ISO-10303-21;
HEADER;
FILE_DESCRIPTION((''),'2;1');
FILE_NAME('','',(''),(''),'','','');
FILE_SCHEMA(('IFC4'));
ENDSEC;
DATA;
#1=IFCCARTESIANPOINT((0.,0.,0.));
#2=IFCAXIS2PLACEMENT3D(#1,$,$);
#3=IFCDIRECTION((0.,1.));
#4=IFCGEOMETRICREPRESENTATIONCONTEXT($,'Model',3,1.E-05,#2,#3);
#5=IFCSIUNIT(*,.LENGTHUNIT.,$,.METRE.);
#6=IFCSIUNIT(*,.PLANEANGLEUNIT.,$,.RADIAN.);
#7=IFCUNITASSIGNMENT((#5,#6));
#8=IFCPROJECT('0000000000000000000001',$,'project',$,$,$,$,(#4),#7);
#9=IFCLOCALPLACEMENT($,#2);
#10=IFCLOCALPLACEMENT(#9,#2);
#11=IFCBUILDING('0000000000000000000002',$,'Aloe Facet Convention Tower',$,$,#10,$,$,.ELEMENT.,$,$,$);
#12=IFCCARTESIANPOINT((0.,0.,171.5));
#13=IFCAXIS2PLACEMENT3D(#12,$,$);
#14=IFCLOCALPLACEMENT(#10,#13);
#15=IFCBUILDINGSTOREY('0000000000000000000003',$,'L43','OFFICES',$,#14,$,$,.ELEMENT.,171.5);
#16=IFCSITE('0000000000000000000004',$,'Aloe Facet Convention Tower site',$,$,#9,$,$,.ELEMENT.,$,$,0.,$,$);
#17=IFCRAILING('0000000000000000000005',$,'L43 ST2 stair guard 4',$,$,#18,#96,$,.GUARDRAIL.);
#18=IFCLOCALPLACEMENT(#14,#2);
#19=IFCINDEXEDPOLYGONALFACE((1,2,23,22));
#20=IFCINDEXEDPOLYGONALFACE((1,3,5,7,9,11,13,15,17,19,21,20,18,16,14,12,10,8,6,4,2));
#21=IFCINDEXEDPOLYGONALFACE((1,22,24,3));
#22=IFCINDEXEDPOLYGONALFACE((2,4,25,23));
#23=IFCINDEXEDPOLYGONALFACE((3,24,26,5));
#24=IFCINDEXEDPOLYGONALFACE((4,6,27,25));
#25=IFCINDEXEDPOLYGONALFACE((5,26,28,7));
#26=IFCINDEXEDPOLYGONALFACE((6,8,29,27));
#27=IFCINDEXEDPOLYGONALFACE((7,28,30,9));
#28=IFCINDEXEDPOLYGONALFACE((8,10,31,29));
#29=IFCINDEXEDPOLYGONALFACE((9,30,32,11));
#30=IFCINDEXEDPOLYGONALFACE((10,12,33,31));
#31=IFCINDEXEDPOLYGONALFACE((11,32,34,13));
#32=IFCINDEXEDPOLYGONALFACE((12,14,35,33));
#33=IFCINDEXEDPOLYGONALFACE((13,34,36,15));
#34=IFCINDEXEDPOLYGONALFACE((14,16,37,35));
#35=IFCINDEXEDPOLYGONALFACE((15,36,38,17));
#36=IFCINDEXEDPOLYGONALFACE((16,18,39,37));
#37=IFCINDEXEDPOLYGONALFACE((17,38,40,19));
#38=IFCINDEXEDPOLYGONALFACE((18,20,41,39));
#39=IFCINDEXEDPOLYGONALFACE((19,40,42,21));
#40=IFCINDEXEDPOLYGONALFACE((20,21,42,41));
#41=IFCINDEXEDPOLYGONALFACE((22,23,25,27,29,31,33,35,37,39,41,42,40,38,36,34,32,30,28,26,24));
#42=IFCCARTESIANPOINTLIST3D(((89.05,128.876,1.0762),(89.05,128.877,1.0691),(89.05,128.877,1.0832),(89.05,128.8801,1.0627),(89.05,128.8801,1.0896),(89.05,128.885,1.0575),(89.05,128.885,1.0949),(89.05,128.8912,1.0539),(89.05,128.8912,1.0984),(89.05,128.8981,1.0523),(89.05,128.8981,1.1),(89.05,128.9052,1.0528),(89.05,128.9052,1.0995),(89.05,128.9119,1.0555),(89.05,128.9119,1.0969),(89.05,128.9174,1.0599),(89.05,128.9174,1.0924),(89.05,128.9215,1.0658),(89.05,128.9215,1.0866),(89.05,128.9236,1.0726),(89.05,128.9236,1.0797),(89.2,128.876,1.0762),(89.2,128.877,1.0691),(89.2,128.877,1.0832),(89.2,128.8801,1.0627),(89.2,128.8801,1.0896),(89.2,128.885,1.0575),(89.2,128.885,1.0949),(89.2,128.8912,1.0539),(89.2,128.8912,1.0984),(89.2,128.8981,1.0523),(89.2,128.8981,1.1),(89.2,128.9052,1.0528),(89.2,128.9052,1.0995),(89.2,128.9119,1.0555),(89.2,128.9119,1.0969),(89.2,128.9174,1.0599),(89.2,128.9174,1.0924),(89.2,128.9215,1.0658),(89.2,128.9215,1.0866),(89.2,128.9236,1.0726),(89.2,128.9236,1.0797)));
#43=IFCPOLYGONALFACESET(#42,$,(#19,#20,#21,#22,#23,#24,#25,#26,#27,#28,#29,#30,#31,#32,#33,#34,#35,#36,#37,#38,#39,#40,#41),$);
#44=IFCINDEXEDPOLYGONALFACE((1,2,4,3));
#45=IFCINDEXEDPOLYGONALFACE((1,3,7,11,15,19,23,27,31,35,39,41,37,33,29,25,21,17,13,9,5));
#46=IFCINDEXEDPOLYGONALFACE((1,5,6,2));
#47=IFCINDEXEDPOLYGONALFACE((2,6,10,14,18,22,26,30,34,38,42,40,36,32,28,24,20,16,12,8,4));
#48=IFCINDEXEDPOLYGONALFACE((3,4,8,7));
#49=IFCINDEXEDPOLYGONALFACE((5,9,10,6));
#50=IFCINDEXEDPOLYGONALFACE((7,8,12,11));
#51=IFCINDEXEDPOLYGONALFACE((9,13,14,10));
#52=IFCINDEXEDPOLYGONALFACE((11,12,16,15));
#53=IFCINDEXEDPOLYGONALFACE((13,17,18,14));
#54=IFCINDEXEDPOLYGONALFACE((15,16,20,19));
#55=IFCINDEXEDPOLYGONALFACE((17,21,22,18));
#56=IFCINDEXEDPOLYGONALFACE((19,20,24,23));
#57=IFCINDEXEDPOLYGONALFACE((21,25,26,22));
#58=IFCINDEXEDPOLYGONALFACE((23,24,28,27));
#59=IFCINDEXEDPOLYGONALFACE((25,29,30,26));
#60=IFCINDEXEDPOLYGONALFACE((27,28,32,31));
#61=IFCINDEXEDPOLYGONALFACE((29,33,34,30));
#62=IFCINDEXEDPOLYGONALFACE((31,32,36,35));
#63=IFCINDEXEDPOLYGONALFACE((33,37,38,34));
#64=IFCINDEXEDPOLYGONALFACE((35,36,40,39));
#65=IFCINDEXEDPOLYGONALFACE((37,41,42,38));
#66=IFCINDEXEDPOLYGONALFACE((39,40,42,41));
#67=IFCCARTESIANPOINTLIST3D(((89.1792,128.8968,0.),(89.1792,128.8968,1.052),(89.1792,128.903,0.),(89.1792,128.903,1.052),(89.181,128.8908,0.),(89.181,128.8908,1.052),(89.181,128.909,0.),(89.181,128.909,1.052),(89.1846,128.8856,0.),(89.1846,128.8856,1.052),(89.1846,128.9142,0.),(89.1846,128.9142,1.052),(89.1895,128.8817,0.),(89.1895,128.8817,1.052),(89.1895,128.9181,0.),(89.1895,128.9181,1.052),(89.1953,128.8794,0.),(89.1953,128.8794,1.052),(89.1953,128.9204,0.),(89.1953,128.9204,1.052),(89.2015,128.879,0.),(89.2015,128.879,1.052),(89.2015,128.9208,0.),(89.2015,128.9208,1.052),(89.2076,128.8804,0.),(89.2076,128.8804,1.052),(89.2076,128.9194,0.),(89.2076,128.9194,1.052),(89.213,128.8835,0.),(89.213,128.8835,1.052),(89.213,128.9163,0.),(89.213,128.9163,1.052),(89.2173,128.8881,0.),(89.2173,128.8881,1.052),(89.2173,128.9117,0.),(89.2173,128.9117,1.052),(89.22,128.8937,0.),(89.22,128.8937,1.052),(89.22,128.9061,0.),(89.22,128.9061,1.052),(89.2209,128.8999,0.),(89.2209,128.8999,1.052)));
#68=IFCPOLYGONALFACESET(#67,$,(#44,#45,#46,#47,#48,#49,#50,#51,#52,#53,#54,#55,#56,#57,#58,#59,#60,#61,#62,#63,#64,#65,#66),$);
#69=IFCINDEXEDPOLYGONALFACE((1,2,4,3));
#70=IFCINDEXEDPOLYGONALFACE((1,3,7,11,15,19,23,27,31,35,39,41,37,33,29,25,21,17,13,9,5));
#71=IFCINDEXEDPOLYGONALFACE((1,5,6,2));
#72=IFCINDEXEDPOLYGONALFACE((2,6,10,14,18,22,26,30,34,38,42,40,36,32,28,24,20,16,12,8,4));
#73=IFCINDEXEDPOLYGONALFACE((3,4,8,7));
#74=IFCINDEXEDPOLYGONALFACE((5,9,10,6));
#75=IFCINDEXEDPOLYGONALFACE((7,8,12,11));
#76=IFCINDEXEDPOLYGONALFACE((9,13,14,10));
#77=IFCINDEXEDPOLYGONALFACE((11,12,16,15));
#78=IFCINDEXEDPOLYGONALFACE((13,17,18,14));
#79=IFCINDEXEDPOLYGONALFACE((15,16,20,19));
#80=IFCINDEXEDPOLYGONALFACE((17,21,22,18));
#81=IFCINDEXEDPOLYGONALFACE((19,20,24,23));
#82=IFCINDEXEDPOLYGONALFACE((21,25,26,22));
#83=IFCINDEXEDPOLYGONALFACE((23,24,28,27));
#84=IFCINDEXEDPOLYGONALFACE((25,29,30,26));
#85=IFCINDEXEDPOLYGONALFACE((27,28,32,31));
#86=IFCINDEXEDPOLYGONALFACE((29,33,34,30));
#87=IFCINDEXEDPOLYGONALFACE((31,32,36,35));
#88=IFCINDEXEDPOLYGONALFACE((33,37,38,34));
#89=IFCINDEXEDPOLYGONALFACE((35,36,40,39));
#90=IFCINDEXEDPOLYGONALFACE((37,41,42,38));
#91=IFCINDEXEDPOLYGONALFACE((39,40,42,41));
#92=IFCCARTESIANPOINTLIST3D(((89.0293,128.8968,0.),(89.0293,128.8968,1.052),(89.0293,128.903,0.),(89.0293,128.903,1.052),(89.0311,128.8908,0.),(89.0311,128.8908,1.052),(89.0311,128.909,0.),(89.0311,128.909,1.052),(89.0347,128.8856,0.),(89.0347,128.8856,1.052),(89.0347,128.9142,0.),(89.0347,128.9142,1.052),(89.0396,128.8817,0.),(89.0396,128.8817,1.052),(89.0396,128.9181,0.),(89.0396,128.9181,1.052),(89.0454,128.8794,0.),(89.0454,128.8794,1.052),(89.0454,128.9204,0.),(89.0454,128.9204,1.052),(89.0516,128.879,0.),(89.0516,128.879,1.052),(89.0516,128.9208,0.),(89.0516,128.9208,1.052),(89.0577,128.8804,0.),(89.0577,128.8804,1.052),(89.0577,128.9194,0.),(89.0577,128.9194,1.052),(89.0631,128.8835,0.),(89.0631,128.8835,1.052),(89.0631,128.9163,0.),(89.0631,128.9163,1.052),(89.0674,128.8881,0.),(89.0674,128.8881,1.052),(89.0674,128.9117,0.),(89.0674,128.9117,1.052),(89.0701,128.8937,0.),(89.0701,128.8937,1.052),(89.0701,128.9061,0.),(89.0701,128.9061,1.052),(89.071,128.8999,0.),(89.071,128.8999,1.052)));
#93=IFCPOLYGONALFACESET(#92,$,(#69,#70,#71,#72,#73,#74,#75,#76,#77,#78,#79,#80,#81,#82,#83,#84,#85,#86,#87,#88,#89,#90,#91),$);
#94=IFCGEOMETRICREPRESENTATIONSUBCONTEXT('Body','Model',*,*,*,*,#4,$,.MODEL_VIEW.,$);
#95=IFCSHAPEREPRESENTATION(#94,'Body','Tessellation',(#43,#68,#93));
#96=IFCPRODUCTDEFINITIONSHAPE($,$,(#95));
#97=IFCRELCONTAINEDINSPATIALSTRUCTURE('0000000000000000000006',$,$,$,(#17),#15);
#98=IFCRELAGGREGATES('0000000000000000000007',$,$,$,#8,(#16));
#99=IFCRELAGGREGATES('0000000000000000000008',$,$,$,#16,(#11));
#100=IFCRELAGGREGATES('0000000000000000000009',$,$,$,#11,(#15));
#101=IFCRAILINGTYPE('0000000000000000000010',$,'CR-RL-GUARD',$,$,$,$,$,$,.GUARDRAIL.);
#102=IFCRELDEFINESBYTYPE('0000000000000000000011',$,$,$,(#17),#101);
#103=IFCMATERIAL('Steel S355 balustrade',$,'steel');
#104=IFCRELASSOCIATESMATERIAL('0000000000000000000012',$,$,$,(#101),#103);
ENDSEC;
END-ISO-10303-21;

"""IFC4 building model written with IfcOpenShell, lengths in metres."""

from ifc_helpers import new_model, si_unit, direction, frame, origin, origin_2d, place, context, subcontext, project, spatial, circle, extrude, material, type_object, element, save


model = new_model("IFC4")

# Units and contexts
model_context = context("Model", 3, precision=1e-05, world=origin(), true_north=direction((0.0, 1.0)))
body_context = subcontext(model_context, "Body", "Model", "MODEL_VIEW")
ifc_project = project(units=[si_unit("LENGTHUNIT", "METRE"), si_unit("PLANEANGLEUNIT", "RADIAN")], contexts=[model_context])

# Site, building, storey
site_placement = place(None, origin())
site = spatial("IfcSite", under=ifc_project, at=site_placement, Name="Aloe Facet Convention Tower site", CompositionType="ELEMENT", RefElevation=0.0)
building_placement = place(site_placement, origin())
building = spatial("IfcBuilding", under=site, at=building_placement, Name="Aloe Facet Convention Tower", CompositionType="ELEMENT")
storey_placement = place(building_placement, frame((0.0, 0.0, 171.5)))
storey = spatial("IfcBuildingStorey", under=building, at=storey_placement, Name="L43", Description="OFFICES", CompositionType="ELEMENT", Elevation=171.5)

# Railing
ifc_material_1 = material(Name="Steel S355 balustrade", Category="steel")
railing_type_1 = type_object("IfcRailingType", Name="CR-RL-GUARD", PredefinedType="GUARDRAIL", material=ifc_material_1)
railing_1_placement = place(storey_placement, frame((89.2, 128.8999, 0.0)))
element("IfcRailing", 1, at=railing_1_placement, inside=storey, type_object=railing_type_1, Name="L43 ST2 stair guard 4", PredefinedType="GUARDRAIL", context=body_context, shape_type="SweptSolid", body=[
    extrude(circle(Radius=0.0239, at=origin_2d()), frame((0.0, 0.0, 1.0762), z_axis=(-1.0, 0.0, 0.0), x_axis=(0.0, -1.0, 0.0)), (0.0, 0.0, 1.0), 0.1499),
    extrude(circle(Radius=0.021, at=origin_2d()), origin(), (0.0, 0.0, 1.0), 1.052),
    extrude(circle(Radius=0.021, at=origin_2d()), frame((-0.1499, 0.0, 0.0)), (0.0, 0.0, 1.0), 1.052),
])

save(model, "model.ifc")
